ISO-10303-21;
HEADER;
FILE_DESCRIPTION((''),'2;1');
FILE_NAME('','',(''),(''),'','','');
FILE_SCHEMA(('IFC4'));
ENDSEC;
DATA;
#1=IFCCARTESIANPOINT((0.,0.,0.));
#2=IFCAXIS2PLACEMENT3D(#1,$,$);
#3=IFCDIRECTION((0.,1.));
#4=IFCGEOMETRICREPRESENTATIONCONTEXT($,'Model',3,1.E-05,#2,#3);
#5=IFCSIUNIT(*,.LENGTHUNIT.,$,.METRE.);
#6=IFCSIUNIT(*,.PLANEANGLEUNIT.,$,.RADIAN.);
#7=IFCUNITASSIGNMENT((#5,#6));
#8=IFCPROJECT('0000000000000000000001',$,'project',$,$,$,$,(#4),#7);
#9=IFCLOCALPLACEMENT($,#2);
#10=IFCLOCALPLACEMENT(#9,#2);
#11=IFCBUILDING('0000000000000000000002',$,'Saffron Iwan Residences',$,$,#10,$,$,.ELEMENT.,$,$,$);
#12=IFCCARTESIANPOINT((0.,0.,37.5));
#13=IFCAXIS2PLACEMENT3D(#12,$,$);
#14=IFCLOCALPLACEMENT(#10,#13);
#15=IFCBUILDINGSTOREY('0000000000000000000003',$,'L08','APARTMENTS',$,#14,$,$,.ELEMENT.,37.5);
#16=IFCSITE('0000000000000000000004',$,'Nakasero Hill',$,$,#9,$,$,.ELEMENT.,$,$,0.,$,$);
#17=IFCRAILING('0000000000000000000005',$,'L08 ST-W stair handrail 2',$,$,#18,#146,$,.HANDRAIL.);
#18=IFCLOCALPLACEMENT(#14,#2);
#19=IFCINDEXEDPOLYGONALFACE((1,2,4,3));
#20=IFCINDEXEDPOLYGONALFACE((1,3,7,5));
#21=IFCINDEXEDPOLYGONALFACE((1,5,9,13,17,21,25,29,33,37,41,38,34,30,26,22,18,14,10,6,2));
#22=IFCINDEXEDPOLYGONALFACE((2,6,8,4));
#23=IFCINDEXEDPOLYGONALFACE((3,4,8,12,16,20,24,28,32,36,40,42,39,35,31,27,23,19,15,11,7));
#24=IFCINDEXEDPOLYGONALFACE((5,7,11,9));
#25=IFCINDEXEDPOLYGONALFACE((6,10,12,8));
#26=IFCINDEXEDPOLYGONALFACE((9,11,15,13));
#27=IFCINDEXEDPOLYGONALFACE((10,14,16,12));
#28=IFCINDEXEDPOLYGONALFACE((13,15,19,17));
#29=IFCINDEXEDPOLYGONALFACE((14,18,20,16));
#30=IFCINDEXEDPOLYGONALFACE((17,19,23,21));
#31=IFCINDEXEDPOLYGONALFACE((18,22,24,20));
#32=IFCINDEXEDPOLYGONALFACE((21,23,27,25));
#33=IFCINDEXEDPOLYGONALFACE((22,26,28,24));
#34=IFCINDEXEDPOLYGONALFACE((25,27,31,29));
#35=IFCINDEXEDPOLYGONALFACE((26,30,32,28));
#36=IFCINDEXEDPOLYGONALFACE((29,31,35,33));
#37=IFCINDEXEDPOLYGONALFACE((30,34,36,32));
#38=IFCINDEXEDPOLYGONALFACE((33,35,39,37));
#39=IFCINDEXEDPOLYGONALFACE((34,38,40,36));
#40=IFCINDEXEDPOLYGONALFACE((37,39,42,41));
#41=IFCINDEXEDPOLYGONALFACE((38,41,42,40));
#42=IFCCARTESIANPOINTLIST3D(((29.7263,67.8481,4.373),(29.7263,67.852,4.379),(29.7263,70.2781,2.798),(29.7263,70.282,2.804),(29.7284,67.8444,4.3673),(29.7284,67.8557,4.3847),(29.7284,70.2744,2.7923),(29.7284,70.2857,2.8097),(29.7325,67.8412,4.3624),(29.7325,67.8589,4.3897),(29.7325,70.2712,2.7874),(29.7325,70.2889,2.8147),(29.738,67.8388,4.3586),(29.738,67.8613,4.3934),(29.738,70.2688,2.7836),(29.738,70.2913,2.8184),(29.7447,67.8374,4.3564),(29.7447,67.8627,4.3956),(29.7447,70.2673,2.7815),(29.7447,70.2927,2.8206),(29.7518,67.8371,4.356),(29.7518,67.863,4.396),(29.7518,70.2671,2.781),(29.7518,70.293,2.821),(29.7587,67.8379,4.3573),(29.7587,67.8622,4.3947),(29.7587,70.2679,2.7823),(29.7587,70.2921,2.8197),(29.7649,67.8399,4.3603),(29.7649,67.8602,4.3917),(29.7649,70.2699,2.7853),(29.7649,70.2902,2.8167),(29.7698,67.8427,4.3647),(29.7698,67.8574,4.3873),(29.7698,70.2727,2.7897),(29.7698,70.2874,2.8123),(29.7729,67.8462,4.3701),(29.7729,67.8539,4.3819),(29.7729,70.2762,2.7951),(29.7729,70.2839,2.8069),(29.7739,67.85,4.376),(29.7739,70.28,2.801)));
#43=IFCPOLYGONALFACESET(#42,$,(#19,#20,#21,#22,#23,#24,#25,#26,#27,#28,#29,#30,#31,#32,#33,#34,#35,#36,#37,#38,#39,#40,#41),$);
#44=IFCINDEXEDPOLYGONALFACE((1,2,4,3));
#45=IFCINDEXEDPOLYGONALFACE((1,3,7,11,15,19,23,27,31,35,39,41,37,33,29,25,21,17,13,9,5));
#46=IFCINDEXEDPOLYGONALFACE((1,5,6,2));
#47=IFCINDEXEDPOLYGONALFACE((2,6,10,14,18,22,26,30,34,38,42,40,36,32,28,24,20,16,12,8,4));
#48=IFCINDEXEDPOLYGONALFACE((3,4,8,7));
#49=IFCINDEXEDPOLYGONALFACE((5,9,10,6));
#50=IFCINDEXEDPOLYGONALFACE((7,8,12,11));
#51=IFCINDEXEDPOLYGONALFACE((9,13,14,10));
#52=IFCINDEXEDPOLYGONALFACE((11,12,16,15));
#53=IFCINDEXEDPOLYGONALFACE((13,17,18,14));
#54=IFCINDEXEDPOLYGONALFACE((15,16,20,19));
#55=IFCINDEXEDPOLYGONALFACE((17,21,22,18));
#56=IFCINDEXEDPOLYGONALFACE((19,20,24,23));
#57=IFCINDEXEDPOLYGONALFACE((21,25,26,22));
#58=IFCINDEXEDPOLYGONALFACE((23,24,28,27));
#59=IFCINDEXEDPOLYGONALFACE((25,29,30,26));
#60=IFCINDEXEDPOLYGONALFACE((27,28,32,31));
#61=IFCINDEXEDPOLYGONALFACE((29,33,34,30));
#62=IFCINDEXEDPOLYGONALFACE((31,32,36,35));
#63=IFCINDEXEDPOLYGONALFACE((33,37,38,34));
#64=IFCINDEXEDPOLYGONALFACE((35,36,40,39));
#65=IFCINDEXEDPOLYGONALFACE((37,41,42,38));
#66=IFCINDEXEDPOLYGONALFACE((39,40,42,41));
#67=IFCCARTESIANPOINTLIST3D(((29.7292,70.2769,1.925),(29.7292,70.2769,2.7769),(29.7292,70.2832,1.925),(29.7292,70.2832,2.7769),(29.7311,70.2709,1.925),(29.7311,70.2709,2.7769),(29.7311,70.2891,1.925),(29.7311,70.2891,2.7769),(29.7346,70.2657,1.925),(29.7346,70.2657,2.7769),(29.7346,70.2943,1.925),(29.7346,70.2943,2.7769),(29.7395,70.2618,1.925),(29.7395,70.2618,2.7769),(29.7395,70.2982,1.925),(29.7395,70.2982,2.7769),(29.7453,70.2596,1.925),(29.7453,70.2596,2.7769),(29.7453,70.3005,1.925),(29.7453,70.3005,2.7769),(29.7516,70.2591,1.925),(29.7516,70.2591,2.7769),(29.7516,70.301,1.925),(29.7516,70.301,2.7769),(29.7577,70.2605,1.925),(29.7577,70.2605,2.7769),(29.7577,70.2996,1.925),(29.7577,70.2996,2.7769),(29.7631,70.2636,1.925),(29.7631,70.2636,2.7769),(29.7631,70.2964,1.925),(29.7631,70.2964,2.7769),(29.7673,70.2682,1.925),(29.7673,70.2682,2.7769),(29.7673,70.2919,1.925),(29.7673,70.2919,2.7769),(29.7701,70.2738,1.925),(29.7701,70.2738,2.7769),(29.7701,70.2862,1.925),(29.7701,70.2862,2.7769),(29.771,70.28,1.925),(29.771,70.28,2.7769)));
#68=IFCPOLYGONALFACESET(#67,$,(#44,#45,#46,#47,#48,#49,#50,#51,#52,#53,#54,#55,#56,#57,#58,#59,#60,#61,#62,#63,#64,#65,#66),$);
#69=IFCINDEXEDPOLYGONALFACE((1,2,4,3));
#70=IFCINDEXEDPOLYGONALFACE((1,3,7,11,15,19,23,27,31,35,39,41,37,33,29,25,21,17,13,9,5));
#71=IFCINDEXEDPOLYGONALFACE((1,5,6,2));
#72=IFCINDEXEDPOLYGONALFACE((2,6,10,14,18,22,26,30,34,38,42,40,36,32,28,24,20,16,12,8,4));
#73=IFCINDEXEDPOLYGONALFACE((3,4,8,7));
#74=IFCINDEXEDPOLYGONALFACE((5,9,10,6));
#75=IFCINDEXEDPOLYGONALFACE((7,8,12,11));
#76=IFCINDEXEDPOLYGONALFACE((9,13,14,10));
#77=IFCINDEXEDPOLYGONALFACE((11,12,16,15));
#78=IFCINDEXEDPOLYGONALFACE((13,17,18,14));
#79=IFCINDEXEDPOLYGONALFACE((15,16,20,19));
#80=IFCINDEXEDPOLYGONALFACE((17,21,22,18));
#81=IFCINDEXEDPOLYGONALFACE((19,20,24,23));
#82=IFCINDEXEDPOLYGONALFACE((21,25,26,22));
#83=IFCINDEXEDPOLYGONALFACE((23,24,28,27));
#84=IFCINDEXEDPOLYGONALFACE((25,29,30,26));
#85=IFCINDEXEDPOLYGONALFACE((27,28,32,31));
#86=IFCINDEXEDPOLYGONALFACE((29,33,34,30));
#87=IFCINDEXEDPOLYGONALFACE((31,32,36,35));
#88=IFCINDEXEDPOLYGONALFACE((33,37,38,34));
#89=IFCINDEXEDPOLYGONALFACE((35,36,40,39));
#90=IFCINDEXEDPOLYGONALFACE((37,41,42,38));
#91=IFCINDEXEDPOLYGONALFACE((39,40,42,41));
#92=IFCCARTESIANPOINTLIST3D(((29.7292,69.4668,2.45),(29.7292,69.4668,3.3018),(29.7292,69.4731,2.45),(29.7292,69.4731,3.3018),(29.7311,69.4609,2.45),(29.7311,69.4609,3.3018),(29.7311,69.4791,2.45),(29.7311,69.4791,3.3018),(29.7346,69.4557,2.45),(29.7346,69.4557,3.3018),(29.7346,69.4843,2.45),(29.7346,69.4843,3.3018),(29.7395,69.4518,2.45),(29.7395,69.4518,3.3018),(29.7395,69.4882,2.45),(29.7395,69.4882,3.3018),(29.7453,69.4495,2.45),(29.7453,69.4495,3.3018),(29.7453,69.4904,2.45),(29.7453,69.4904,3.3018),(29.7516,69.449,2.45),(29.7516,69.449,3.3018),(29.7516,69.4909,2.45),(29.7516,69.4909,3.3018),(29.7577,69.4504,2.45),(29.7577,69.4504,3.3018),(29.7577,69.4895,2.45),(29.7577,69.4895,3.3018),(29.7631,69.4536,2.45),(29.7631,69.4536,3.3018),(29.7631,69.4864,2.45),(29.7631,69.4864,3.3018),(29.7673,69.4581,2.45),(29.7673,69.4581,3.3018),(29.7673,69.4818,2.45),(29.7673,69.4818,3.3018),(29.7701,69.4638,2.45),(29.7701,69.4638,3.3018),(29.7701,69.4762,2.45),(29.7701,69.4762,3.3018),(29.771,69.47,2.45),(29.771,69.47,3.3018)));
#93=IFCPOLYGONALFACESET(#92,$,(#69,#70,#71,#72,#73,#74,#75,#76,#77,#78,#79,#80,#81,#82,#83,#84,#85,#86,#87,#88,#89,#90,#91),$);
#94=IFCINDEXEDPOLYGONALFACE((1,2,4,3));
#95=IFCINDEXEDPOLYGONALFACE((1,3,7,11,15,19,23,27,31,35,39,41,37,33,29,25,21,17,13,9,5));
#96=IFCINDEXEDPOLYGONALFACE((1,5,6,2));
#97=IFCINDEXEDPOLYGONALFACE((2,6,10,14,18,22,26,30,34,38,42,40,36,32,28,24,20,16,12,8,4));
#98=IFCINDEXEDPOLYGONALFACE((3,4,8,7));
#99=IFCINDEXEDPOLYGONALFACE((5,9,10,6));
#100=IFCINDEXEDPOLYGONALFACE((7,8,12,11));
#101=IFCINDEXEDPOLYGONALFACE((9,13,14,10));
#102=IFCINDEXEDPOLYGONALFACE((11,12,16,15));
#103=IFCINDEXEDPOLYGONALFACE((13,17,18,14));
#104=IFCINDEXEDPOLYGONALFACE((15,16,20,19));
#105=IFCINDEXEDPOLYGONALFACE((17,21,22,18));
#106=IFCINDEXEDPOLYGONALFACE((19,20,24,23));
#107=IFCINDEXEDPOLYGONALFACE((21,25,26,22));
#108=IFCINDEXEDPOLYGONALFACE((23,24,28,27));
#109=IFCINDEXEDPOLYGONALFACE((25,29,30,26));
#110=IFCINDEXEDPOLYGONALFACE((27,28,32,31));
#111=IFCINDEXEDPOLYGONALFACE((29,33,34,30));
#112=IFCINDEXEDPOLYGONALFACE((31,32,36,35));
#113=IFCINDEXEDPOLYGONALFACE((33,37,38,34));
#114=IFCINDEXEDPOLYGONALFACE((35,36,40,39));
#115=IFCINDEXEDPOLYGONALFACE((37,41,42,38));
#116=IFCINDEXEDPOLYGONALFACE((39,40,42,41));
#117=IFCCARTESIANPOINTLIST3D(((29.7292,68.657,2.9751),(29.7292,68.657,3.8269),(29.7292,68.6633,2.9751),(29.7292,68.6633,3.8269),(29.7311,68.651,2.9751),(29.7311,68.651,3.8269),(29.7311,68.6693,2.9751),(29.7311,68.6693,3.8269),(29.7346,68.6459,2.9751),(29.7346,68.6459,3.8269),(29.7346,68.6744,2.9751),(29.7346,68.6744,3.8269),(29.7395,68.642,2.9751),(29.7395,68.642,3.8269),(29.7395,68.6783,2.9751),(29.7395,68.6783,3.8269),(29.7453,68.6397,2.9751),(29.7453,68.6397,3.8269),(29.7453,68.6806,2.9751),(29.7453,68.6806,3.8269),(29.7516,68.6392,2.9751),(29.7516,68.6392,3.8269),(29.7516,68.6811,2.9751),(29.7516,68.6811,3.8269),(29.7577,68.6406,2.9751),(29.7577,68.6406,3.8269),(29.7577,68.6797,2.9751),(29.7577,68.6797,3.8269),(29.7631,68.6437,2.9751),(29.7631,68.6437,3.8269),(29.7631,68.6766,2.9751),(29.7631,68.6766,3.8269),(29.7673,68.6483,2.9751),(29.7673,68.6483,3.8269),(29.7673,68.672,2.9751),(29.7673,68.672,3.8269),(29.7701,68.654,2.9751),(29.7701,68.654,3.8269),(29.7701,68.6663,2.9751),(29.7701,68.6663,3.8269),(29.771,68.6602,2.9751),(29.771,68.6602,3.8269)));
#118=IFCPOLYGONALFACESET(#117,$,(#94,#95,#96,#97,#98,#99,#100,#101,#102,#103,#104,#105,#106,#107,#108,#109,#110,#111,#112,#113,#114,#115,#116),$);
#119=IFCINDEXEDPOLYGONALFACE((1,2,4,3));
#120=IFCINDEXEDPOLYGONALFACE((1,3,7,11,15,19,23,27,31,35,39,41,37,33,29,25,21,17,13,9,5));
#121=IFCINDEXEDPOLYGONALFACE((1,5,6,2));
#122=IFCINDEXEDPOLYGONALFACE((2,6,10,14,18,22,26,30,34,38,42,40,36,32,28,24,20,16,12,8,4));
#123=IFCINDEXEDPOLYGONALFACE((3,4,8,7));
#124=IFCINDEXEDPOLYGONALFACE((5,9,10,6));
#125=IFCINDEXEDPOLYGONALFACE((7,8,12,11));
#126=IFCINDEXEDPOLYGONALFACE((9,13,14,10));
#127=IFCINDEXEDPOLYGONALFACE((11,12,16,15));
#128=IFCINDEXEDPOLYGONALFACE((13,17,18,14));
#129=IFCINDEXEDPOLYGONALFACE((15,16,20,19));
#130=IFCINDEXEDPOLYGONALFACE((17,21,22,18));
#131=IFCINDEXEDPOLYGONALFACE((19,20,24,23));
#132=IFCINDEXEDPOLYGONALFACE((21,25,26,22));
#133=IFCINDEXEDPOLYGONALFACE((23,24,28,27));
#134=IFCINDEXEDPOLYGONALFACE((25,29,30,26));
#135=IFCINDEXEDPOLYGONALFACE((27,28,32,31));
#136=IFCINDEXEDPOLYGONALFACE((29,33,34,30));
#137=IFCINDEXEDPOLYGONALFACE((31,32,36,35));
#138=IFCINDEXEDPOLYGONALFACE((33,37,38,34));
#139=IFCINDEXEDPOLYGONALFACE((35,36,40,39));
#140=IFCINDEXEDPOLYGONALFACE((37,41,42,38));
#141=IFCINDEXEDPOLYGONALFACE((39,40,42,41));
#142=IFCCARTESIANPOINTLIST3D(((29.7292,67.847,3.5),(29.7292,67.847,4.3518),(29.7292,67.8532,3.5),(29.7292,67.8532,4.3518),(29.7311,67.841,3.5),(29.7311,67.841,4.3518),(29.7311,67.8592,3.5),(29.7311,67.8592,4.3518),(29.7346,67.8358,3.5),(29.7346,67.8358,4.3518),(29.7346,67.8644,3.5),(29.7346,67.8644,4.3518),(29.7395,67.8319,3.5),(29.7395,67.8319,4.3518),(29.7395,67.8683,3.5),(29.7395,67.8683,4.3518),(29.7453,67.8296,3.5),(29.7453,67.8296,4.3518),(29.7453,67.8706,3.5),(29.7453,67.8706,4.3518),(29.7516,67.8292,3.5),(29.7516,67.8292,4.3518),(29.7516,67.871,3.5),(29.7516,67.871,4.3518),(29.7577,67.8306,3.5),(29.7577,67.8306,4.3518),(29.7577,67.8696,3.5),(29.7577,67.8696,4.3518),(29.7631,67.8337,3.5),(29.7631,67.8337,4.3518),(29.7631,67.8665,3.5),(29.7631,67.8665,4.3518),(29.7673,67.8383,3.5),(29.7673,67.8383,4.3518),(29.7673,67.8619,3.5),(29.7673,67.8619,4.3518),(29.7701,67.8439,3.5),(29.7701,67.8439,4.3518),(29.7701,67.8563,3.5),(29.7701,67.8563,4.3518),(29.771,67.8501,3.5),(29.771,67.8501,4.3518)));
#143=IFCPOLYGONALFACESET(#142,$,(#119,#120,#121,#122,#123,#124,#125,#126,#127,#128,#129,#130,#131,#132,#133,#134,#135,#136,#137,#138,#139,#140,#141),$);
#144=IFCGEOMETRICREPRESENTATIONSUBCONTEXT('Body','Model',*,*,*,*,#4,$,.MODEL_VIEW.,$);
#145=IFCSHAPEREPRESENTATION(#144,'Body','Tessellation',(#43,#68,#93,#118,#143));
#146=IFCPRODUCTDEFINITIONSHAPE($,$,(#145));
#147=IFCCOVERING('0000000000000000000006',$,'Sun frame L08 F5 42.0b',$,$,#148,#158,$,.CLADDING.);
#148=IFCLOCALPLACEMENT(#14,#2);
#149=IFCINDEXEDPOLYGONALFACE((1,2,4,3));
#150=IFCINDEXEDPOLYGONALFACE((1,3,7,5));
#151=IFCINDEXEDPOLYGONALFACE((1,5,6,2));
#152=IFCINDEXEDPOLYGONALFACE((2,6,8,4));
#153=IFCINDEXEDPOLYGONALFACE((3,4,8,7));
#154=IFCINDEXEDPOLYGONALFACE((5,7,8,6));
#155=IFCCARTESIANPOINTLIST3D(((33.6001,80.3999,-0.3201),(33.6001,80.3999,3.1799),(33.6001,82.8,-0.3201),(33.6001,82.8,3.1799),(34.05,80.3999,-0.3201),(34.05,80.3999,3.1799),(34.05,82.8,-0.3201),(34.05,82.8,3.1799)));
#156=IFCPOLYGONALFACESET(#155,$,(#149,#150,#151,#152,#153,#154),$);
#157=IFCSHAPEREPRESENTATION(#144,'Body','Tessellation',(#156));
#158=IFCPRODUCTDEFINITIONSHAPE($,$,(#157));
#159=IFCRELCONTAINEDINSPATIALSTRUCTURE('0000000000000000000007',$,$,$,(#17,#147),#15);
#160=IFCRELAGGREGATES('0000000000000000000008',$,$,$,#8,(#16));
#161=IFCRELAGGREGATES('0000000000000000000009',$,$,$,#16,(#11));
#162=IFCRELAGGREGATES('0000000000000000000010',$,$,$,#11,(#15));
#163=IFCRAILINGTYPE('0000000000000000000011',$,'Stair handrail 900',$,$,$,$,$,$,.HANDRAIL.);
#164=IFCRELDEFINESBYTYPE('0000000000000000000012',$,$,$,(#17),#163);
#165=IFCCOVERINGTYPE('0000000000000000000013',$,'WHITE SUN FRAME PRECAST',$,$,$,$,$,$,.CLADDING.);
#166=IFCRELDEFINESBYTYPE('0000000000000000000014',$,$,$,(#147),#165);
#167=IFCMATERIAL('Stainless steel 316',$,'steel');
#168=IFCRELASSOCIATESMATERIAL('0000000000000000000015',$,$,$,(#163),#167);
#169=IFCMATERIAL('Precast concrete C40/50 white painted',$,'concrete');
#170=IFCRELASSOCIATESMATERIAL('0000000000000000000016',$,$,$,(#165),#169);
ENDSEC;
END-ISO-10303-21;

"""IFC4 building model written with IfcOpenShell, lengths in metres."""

from ifc_helpers import new_model, si_unit, direction, frame, origin, origin_2d, place, context, subcontext, project, spatial, polyline, circle, outline, extrude, material, type_object, element, save


model = new_model("IFC4")

# Units and contexts
model_context = context("Model", 3, precision=1e-05, world=origin(), true_north=direction((0.0, 1.0)))
body_context = subcontext(model_context, "Body", "Model", "MODEL_VIEW")
ifc_project = project(units=[si_unit("LENGTHUNIT", "METRE"), si_unit("PLANEANGLEUNIT", "RADIAN")], contexts=[model_context])

# Site, building, storey
site_placement = place(None, origin())
site = spatial("IfcSite", under=ifc_project, at=site_placement, Name="Nakasero Hill", CompositionType="ELEMENT", RefElevation=0.0)
building_placement = place(site_placement, origin())
building = spatial("IfcBuilding", under=site, at=building_placement, Name="Saffron Iwan Residences", CompositionType="ELEMENT")
storey_placement = place(building_placement, frame((0.0, 0.0, 37.5)))
storey = spatial("IfcBuildingStorey", under=building, at=storey_placement, Name="L08", Description="APARTMENTS", CompositionType="ELEMENT", Elevation=37.5)

# Railing
ifc_material_1 = material(Name="Stainless steel 316", Category="steel")
railing_type = type_object("IfcRailingType", Name="Stair handrail 900", PredefinedType="HANDRAIL", material=ifc_material_1)
railing_placement = place(storey_placement, frame((29.75, 70.28, 1.925)))
element("IfcRailing", 1, at=railing_placement, inside=storey, type_object=railing_type, Name="L08 ST-W stair handrail 2", PredefinedType="HANDRAIL", context=body_context, shape_type="SweptSolid", body=[
    extrude(circle(Radius=0.0239, at=origin_2d()), frame((0.0, 0.0, 0.876), z_axis=(0.0, -0.839154, 0.543894), x_axis=(1.0, 0.0, 0.0)), (0.0, 0.0, 1.0), 2.8958),
    extrude(circle(Radius=0.021, at=origin_2d()), origin(), (0.0, 0.0, 1.0), 0.8518),
    extrude(circle(Radius=0.021, at=origin_2d()), frame((0.0, -0.8101, 0.5249)), (0.0, 0.0, 1.0), 0.8518),
    extrude(circle(Radius=0.021, at=origin_2d()), frame((0.0, -1.6199, 1.05)), (0.0, 0.0, 1.0), 0.8518),
    extrude(circle(Radius=0.021, at=origin_2d()), frame((0.0, -2.4299, 1.575)), (0.0, 0.0, 1.0), 0.8518),
])

# Covering
ifc_material_2 = material(Name="Precast concrete C40/50 white painted", Category="concrete")
covering_type_1 = type_object("IfcCoveringType", Name="WHITE SUN FRAME PRECAST", PredefinedType="CLADDING", material=ifc_material_2)
covering_1_placement = place(storey_placement, frame((34.05, 80.3999, -0.3201), z_axis=(0.0, 1.0, 0.0), x_axis=(-1.0, 0.0, 0.0)))
element("IfcCovering", 2, at=covering_1_placement, inside=storey, type_object=covering_type_1, Name="Sun frame L08 F5 42.0b", PredefinedType="CLADDING", context=body_context, shape_type="SweptSolid", body=[
    extrude(outline(polyline([(0.0, 0.0), (0.45, 0.0), (0.45, 3.5), (0.0, 3.5), (0.0, 0.0)])), origin(), (0.0, 0.0, 1.0), 2.4001),
])

save(model, "model.ifc")
